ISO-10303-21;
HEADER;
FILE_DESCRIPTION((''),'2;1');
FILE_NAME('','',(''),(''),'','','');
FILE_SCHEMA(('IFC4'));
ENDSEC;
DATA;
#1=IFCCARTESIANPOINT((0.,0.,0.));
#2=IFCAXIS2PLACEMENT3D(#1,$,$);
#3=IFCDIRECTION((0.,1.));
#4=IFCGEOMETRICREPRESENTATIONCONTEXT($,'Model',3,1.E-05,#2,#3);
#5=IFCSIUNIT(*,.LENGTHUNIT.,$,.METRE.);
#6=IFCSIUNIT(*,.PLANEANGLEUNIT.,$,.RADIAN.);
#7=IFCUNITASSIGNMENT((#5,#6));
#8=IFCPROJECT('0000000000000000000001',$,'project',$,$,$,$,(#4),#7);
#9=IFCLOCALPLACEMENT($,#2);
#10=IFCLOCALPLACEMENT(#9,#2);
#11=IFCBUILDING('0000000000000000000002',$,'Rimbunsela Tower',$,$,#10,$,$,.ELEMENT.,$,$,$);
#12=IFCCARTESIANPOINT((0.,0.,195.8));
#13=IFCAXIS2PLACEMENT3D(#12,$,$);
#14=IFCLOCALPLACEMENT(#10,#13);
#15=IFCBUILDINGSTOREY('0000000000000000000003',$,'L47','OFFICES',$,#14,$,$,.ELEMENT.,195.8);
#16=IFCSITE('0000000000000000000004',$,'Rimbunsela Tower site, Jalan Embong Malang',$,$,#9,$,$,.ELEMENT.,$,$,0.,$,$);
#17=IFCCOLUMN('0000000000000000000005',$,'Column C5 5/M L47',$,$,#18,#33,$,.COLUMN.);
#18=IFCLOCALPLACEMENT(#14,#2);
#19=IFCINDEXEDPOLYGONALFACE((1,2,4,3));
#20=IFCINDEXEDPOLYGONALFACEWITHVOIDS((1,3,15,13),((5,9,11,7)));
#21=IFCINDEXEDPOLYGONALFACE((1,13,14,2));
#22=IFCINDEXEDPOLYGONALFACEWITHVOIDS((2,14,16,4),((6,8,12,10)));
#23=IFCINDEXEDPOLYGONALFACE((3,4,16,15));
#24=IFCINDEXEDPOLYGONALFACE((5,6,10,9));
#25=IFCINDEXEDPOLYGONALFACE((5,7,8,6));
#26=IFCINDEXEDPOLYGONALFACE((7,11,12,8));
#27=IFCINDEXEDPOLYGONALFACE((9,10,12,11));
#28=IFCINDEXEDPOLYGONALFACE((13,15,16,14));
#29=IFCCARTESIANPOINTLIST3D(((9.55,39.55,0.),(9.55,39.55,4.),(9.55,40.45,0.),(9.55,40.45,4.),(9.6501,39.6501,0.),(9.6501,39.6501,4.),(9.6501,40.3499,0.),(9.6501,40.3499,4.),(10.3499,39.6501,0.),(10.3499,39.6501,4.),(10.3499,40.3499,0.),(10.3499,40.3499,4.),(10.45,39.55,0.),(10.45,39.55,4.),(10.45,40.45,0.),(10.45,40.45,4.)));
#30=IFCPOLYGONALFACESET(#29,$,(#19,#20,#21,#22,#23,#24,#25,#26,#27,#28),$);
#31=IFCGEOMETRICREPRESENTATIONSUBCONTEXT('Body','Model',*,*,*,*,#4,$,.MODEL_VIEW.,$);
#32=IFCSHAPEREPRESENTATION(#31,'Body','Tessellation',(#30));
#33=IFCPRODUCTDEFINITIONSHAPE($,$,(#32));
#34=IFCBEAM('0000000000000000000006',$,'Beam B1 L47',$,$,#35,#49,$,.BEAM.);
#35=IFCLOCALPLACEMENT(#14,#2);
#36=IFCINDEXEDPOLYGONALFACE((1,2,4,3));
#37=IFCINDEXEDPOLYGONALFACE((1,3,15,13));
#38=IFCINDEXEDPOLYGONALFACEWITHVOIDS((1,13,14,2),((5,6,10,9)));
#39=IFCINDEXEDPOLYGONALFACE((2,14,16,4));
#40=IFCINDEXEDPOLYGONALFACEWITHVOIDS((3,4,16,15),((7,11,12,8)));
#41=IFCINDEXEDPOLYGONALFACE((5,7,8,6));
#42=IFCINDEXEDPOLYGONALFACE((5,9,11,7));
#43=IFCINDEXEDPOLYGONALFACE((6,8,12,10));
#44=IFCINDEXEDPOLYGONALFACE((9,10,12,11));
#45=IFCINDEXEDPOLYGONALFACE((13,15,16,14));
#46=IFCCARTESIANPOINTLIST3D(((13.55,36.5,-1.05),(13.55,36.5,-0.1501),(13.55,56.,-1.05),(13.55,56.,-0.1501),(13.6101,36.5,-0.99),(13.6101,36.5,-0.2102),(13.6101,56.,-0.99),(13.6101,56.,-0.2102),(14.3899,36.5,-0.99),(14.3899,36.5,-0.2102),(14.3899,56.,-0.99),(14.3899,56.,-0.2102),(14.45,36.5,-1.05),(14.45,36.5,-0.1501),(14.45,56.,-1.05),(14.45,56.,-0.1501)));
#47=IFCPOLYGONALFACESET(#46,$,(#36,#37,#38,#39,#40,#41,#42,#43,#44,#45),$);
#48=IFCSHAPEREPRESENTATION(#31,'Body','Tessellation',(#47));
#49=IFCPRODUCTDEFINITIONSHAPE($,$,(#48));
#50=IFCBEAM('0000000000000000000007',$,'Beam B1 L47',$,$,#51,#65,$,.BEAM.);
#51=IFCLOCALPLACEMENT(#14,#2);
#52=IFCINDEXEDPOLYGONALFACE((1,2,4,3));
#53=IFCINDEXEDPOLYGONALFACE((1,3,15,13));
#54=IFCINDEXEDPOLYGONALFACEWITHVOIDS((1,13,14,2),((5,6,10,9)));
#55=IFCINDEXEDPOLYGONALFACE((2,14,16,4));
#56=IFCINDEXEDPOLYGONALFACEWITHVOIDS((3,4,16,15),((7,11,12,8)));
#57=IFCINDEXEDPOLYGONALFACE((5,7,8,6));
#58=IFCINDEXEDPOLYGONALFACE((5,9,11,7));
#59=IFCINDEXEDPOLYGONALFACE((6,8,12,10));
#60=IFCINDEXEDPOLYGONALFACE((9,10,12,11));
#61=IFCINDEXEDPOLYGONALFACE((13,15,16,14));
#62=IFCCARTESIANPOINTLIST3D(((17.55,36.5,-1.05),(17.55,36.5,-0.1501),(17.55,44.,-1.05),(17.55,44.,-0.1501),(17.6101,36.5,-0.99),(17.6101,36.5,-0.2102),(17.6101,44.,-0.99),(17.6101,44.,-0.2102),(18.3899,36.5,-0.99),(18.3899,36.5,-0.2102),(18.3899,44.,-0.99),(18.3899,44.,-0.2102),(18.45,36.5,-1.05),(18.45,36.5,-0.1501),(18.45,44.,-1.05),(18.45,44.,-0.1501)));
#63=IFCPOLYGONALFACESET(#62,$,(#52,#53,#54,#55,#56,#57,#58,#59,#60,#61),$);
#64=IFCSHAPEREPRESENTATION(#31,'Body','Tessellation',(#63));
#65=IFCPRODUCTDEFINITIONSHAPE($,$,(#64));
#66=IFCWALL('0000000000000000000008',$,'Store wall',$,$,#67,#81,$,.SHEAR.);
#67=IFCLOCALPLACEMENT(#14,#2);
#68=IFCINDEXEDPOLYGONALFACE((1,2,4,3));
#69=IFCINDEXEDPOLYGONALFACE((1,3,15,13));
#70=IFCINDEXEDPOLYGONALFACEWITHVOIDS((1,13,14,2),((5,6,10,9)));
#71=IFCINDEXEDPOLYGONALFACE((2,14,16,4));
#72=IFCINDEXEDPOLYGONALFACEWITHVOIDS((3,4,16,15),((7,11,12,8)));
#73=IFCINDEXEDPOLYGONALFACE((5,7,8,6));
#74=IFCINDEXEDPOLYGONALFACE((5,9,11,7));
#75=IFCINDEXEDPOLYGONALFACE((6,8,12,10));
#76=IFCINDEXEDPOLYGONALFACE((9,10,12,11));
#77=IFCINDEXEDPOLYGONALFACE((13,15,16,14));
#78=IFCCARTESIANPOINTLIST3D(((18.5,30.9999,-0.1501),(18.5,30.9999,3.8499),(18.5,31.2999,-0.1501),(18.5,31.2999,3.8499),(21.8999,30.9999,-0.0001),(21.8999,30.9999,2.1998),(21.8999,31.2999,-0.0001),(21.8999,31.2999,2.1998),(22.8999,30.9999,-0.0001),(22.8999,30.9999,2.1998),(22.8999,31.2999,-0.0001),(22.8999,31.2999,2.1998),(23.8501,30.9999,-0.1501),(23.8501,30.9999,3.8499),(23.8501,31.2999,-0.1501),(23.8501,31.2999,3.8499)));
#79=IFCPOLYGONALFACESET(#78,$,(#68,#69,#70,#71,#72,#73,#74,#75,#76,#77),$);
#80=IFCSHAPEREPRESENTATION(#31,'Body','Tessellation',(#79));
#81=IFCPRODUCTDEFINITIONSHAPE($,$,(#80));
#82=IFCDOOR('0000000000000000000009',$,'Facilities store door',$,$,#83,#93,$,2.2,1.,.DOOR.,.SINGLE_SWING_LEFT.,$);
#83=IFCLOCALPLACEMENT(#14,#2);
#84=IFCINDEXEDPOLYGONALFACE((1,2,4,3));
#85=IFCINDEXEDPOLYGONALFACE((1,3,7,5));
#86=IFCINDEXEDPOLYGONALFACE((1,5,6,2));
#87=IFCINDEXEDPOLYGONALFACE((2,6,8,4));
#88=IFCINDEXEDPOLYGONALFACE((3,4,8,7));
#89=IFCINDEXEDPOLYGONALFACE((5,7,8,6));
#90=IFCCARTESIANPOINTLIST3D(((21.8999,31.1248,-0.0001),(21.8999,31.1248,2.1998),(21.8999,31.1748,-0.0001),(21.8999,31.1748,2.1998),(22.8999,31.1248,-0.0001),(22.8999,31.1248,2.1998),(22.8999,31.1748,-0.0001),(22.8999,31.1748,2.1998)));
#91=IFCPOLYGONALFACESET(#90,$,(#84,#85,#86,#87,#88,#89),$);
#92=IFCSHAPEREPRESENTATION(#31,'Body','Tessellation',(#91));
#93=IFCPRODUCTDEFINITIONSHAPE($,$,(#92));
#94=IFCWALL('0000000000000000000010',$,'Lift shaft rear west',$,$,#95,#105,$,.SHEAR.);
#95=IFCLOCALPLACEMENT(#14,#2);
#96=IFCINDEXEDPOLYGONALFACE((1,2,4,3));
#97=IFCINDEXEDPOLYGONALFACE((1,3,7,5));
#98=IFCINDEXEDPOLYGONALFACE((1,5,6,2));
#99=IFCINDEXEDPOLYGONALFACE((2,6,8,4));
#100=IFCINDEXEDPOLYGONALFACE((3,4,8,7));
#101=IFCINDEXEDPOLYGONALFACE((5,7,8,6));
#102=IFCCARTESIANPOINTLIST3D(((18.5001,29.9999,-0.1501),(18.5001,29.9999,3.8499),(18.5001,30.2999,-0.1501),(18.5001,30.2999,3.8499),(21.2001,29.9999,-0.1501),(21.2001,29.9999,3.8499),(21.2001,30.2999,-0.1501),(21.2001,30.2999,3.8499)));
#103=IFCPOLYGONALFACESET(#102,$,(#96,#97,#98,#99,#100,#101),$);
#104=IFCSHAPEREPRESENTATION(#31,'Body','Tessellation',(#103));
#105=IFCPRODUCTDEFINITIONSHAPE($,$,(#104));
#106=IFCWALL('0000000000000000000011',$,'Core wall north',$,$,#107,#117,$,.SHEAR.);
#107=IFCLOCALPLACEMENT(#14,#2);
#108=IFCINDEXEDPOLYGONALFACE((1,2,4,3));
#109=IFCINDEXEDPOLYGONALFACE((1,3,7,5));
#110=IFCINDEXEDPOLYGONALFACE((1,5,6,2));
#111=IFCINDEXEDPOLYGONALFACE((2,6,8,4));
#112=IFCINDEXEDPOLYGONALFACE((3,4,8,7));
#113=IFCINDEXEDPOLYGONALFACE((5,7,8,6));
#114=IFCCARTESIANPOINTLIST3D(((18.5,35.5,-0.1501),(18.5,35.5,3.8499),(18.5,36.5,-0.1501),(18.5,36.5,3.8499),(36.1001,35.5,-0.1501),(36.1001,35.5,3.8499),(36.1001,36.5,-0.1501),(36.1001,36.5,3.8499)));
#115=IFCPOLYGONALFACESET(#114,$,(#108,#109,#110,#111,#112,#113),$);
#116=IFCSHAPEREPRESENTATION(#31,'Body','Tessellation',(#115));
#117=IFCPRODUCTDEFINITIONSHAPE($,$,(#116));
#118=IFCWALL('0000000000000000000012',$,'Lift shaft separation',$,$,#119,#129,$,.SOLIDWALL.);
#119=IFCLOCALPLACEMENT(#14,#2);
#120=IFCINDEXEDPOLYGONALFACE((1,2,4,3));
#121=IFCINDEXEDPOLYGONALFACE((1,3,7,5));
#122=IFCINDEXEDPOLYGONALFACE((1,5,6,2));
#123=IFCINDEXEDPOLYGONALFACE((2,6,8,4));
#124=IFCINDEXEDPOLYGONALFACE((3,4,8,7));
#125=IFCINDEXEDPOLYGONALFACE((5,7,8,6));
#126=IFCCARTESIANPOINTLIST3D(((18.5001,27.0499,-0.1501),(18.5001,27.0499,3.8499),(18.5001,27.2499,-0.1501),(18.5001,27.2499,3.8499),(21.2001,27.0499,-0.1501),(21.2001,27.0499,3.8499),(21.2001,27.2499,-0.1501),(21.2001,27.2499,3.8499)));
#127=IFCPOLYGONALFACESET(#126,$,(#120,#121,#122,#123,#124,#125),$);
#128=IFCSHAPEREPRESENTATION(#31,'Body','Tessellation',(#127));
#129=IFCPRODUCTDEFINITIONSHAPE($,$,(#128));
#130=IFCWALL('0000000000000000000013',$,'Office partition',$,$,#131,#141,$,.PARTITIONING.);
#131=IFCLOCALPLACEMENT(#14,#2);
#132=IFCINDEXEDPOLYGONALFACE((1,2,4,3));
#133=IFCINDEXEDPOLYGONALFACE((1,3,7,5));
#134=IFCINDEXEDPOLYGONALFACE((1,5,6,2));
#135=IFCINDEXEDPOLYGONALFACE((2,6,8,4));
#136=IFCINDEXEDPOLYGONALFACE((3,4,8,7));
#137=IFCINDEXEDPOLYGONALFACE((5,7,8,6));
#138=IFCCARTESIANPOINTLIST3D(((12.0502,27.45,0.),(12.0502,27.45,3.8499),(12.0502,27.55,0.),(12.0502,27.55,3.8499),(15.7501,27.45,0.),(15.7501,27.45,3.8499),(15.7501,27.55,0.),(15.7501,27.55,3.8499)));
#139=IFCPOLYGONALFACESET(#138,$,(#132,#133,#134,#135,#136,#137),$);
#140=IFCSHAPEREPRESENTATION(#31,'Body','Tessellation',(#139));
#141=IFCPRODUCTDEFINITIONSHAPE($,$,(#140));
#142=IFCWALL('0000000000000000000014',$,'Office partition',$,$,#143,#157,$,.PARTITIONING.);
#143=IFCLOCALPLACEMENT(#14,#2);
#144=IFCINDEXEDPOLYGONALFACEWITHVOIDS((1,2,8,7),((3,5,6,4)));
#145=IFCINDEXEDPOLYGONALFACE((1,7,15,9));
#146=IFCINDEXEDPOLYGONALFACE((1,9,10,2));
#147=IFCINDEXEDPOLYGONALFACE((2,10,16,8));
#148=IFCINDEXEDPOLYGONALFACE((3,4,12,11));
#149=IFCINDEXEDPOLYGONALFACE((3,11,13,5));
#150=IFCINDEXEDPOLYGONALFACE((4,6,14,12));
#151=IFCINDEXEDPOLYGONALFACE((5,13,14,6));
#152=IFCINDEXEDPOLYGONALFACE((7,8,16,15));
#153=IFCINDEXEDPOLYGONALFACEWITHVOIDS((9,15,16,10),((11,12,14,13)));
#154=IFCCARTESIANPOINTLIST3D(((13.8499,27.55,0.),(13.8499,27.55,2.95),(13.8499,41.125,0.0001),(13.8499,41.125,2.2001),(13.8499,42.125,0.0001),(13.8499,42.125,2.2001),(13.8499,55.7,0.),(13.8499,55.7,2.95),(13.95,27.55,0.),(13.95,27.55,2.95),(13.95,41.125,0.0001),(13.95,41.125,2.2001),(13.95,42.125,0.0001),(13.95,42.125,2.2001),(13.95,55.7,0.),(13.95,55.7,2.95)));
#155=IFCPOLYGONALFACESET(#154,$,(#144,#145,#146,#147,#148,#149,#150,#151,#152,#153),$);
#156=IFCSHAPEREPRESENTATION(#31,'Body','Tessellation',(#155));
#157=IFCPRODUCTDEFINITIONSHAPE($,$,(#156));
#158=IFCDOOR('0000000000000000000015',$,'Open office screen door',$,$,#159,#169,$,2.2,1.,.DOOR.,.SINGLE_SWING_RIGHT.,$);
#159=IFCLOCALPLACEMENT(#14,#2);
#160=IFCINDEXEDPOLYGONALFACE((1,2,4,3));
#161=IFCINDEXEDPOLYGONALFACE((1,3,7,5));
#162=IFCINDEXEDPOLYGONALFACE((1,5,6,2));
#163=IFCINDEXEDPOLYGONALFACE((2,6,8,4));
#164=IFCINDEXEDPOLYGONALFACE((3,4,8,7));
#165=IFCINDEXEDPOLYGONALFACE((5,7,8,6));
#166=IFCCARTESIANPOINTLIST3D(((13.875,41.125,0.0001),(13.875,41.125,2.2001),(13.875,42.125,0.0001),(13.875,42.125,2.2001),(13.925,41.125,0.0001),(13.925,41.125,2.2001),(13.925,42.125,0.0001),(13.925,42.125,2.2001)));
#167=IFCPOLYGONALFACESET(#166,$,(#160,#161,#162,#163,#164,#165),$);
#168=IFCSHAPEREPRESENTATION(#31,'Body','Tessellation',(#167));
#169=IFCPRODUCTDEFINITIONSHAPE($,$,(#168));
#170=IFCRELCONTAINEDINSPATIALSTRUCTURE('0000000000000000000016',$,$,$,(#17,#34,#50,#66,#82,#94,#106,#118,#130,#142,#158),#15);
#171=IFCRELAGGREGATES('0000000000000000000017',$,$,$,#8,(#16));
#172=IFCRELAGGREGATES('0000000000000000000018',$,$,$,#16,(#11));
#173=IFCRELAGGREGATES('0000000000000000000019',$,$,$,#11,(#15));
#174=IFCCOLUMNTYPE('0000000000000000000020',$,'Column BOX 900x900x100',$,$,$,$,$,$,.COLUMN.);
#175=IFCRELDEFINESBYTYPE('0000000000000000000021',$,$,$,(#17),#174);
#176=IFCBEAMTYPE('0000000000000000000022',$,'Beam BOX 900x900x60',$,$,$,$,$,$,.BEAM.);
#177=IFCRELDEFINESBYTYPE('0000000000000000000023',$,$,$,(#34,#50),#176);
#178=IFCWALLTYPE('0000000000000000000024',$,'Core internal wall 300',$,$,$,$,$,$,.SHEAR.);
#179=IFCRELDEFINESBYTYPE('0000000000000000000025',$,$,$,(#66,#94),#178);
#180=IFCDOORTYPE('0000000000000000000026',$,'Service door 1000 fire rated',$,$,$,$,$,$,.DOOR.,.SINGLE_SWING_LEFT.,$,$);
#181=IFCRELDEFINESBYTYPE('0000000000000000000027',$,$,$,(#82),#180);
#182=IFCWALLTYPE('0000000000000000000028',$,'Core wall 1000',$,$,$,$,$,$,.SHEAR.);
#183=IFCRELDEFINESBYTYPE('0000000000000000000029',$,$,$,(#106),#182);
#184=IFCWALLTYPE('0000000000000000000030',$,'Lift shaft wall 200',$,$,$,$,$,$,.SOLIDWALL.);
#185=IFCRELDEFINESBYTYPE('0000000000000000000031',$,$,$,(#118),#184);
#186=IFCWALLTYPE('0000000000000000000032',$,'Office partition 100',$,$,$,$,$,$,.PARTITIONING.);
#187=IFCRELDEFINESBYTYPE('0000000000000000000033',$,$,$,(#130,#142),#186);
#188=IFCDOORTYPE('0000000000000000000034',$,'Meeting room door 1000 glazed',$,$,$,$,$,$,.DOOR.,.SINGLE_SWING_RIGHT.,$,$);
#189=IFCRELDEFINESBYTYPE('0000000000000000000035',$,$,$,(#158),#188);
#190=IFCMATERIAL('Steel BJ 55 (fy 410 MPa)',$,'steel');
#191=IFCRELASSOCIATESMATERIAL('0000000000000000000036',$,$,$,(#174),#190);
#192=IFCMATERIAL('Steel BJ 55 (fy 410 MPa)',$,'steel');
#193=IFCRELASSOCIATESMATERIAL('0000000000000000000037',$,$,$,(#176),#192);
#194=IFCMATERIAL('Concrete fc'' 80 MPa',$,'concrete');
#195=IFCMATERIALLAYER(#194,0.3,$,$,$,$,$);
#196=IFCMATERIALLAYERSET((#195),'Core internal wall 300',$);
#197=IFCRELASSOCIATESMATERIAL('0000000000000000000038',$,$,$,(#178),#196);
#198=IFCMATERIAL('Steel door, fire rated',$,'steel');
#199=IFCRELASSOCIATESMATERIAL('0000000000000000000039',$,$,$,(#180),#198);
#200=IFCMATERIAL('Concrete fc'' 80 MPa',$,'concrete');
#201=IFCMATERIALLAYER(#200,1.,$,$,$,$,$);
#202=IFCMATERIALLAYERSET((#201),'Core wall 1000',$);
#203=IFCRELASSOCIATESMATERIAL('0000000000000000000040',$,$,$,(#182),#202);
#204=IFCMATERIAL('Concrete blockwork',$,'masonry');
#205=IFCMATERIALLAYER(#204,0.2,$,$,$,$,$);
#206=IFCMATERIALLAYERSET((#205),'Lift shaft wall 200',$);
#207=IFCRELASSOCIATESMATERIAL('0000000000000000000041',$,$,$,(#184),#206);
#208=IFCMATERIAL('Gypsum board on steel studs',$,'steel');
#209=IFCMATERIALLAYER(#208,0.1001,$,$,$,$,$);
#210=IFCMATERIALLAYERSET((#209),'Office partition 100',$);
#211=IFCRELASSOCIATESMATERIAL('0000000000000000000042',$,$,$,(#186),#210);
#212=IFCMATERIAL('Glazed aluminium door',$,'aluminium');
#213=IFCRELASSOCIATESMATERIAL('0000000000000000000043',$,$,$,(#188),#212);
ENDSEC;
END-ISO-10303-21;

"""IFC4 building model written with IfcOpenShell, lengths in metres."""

from ifc_helpers import new_model, si_unit, direction, frame, frame_2d, origin, origin_2d, place, context, subcontext, project, spatial, rectangle, hollow_rectangle, extrude, material, layer, layer_set, material_profile, profile_set, type_object, element, fill, save


model = new_model("IFC4")

# Units and contexts
model_context = context("Model", 3, precision=1e-05, world=origin(), true_north=direction((0.0, 1.0)))
body_context = subcontext(model_context, "Body", "Model", "MODEL_VIEW")
ifc_project = project(units=[si_unit("LENGTHUNIT", "METRE"), si_unit("PLANEANGLEUNIT", "RADIAN")], contexts=[model_context])

# Site, building, storey
site_placement = place(None, origin())
site = spatial("IfcSite", under=ifc_project, at=site_placement, Name="Rimbunsela Tower site, Jalan Embong Malang", CompositionType="ELEMENT", RefElevation=0.0)
building_placement = place(site_placement, origin())
building = spatial("IfcBuilding", under=site, at=building_placement, Name="Rimbunsela Tower", CompositionType="ELEMENT")
storey_placement = place(building_placement, frame((0.0, 0.0, 195.8)))
storey = spatial("IfcBuildingStorey", under=building, at=storey_placement, Name="L47", Description="OFFICES", CompositionType="ELEMENT", Elevation=195.8)

# Column
ifc_material_1 = material(Name="Steel BJ 55 (fy 410 MPa)", Category="steel")
ifc_material_profile_1 = material_profile(ifc_material_1, hollow_rectangle(XDim=0.8999, YDim=0.8999, WallThickness=0.1001, at=origin_2d()), Name="BOX 900x900x100")
ifc_profile_set_1 = profile_set([ifc_material_profile_1], Name="Steel BJ 55 (fy 410 MPa)")
column_type = type_object("IfcColumnType", Name="Column BOX 900x900x100", PredefinedType="COLUMN", material=ifc_profile_set_1)
column_placement = place(storey_placement, frame((10.0, 40.0, 0.0), z_axis=(0.0, 0.0, 1.0), x_axis=(1.0, 0.0, 0.0)))
element("IfcColumn", 1, at=column_placement, inside=storey, type_object=column_type, Name="Column C5 5/M L47", PredefinedType="COLUMN", context=body_context, shape_type="SweptSolid", body=[
    extrude(hollow_rectangle(XDim=0.8999, YDim=0.8999, WallThickness=0.1001, at=origin_2d()), origin(), (0.0, 0.0, 1.0), 4.0),
])

# Beams
ifc_material_2 = material(Name="Steel BJ 55 (fy 410 MPa)", Category="steel")
ifc_material_profile_2 = material_profile(ifc_material_2, hollow_rectangle(XDim=0.8999, YDim=0.8999, WallThickness=0.0601, at=origin_2d()), Name="BOX 900x900x60")
ifc_profile_set_2 = profile_set([ifc_material_profile_2], Name="Steel BJ 55 (fy 410 MPa)")
beam_type = type_object("IfcBeamType", Name="Beam BOX 900x900x60", PredefinedType="BEAM", material=ifc_profile_set_2)
beam_1_placement = place(storey_placement, frame((14.0, 36.5, -0.6001), z_axis=(0.0, 1.0, 0.0), x_axis=(-1.0, 0.0, 0.0)))
element("IfcBeam", 2, at=beam_1_placement, inside=storey, type_object=beam_type, Name="Beam B1 L47", PredefinedType="BEAM", context=body_context, shape_type="SweptSolid", body=[
    extrude(hollow_rectangle(XDim=0.8999, YDim=0.8999, WallThickness=0.0601, at=origin_2d()), origin(), (0.0, 0.0, 1.0), 19.5),
])
beam_2_placement = place(storey_placement, frame((18.0, 36.5, -0.6001), z_axis=(0.0, 1.0, 0.0), x_axis=(-1.0, 0.0, 0.0)))
element("IfcBeam", 3, at=beam_2_placement, inside=storey, type_object=beam_type, Name="Beam B1 L47", PredefinedType="BEAM", context=body_context, shape_type="SweptSolid", body=[
    extrude(hollow_rectangle(XDim=0.8999, YDim=0.8999, WallThickness=0.0601, at=origin_2d()), origin(), (0.0, 0.0, 1.0), 7.5),
])

# Wall, opening, door
ifc_material_3 = material(Name="Concrete fc' 80 MPa", Category="concrete")
ifc_layer_1 = layer(ifc_material_3, 0.3)
ifc_layer_set_1 = layer_set([ifc_layer_1], Name="Core internal wall 300")
wall_type_1 = type_object("IfcWallType", Name="Core internal wall 300", PredefinedType="SHEAR", material=ifc_layer_set_1)
wall_1_placement = place(storey_placement, frame((18.5, 31.1499, -0.1501), z_axis=(0.0, 0.0, 1.0), x_axis=(1.0, 0.0, 0.0)))
wall_1 = element("IfcWall", 4, at=wall_1_placement, inside=storey, type_object=wall_type_1, Name="Store wall", PredefinedType="SHEAR", context=body_context, shape_type="SweptSolid", body=[
    extrude(rectangle(XDim=5.3501, YDim=0.3, at=frame_2d((2.675, 0.0))), origin(), (0.0, 0.0, 1.0), 4.0),
])
opening_1_placement = place(wall_1_placement, frame((3.3999, 0.0, 0.1499)))
opening_1 = element("IfcOpeningElement", 5, at=opening_1_placement, cuts=wall_1, PredefinedType="OPENING", context=body_context, shape_type="SweptSolid", body=[
    extrude(rectangle(XDim=1.0, YDim=2.2, at=frame_2d((0.5, 1.1001))), frame((0.0, 0.1599, 0.0), z_axis=(0.0, -1.0, 0.0), x_axis=(1.0, 0.0, 0.0)), (0.0, 0.0, 1.0), 0.3201),
])
ifc_material_4 = material(Name="Steel door, fire rated", Category="steel")
door_type_1 = type_object("IfcDoorType", Name="Service door 1000 fire rated", OperationType="SINGLE_SWING_LEFT", PredefinedType="DOOR", material=ifc_material_4)
door_1_placement = place(opening_1_placement, origin())
door_1 = element("IfcDoor", 6, at=door_1_placement, inside=storey, type_object=door_type_1, Name="Facilities store door", OperationType="SINGLE_SWING_LEFT", OverallHeight=2.2, OverallWidth=1.0, PredefinedType="DOOR", context=body_context, shape_type="SweptSolid", body=[
    extrude(rectangle(XDim=1.0, YDim=2.2, at=frame_2d((0.5, 1.1001))), frame((0.0, 0.0249, 0.0), z_axis=(0.0, -1.0, 0.0), x_axis=(1.0, 0.0, 0.0)), (0.0, 0.0, 1.0), 0.05),
])
fill(opening_1, door_1)

# Walls
wall_2_placement = place(storey_placement, frame((18.5, 30.1499, -0.1501), z_axis=(0.0, 0.0, 1.0), x_axis=(1.0, 0.0, 0.0)))
element("IfcWall", 7, at=wall_2_placement, inside=storey, type_object=wall_type_1, Name="Lift shaft rear west", PredefinedType="SHEAR", context=body_context, shape_type="SweptSolid", body=[
    extrude(rectangle(XDim=2.7, YDim=0.3, at=frame_2d((1.3501, 0.0))), origin(), (0.0, 0.0, 1.0), 4.0),
])
ifc_material_5 = material(Name="Concrete fc' 80 MPa", Category="concrete")
ifc_layer_2 = layer(ifc_material_5, 1.0)
ifc_layer_set_2 = layer_set([ifc_layer_2], Name="Core wall 1000")
wall_type_2 = type_object("IfcWallType", Name="Core wall 1000", PredefinedType="SHEAR", material=ifc_layer_set_2)
wall_3_placement = place(storey_placement, frame((18.5, 36.0, -0.1501), z_axis=(0.0, 0.0, 1.0), x_axis=(1.0, 0.0, 0.0)))
element("IfcWall", 8, at=wall_3_placement, inside=storey, type_object=wall_type_2, Name="Core wall north", PredefinedType="SHEAR", context=body_context, shape_type="SweptSolid", body=[
    extrude(rectangle(XDim=17.6001, YDim=1.0, at=frame_2d((8.8, 0.0))), origin(), (0.0, 0.0, 1.0), 4.0),
])
ifc_material_6 = material(Name="Concrete blockwork", Category="masonry")
ifc_layer_3 = layer(ifc_material_6, 0.2)
ifc_layer_set_3 = layer_set([ifc_layer_3], Name="Lift shaft wall 200")
wall_type_3 = type_object("IfcWallType", Name="Lift shaft wall 200", PredefinedType="SOLIDWALL", material=ifc_layer_set_3)
wall_4_placement = place(storey_placement, frame((18.5, 27.1499, -0.1501), z_axis=(0.0, 0.0, 1.0), x_axis=(1.0, 0.0, 0.0)))
element("IfcWall", 9, at=wall_4_placement, inside=storey, type_object=wall_type_3, Name="Lift shaft separation", PredefinedType="SOLIDWALL", context=body_context, shape_type="SweptSolid", body=[
    extrude(rectangle(XDim=2.7, YDim=0.2, at=frame_2d((1.3501, 0.0))), origin(), (0.0, 0.0, 1.0), 4.0),
])
ifc_material_7 = material(Name="Gypsum board on steel studs", Category="steel")
ifc_layer_4 = layer(ifc_material_7, 0.1001)
ifc_layer_set_4 = layer_set([ifc_layer_4], Name="Office partition 100")
wall_type_4 = type_object("IfcWallType", Name="Office partition 100", PredefinedType="PARTITIONING", material=ifc_layer_set_4)
wall_5_placement = place(storey_placement, frame((12.05, 27.5, 0.0), z_axis=(0.0, 0.0, 1.0), x_axis=(1.0, 0.0, 0.0)))
element("IfcWall", 10, at=wall_5_placement, inside=storey, type_object=wall_type_4, Name="Office partition", PredefinedType="PARTITIONING", context=body_context, shape_type="SweptSolid", body=[
    extrude(rectangle(XDim=3.7, YDim=0.1001, at=frame_2d((1.8501, 0.0))), origin(), (0.0, 0.0, 1.0), 3.8499),
])

# Wall, opening, door
wall_6_placement = place(storey_placement, frame((13.8999, 27.55, 0.0), z_axis=(0.0, 0.0, 1.0), x_axis=(0.0, 1.0, 0.0)))
wall_6 = element("IfcWall", 11, at=wall_6_placement, inside=storey, type_object=wall_type_4, Name="Office partition", PredefinedType="PARTITIONING", context=body_context, shape_type="SweptSolid", body=[
    extrude(rectangle(XDim=28.1499, YDim=0.1001, at=frame_2d((14.075, 0.0))), origin(), (0.0, 0.0, 1.0), 2.95),
])
opening_2_placement = place(wall_6_placement, frame((13.575, 0.0, 0.0)))
opening_2 = element("IfcOpeningElement", 12, at=opening_2_placement, cuts=wall_6, PredefinedType="OPENING", context=body_context, shape_type="SweptSolid", body=[
    extrude(rectangle(XDim=1.0, YDim=2.2, at=frame_2d((0.5, 1.1001))), frame((0.0, 0.0601, 0.0), z_axis=(0.0, -1.0, 0.0), x_axis=(1.0, 0.0, 0.0)), (0.0, 0.0, 1.0), 0.1201),
])
ifc_material_8 = material(Name="Glazed aluminium door", Category="aluminium")
door_type_2 = type_object("IfcDoorType", Name="Meeting room door 1000 glazed", OperationType="SINGLE_SWING_RIGHT", PredefinedType="DOOR", material=ifc_material_8)
door_2_placement = place(opening_2_placement, origin())
door_2 = element("IfcDoor", 13, at=door_2_placement, inside=storey, type_object=door_type_2, Name="Open office screen door", OperationType="SINGLE_SWING_RIGHT", OverallHeight=2.2, OverallWidth=1.0, PredefinedType="DOOR", context=body_context, shape_type="SweptSolid", body=[
    extrude(rectangle(XDim=1.0, YDim=2.2, at=frame_2d((0.5, 1.1001))), frame((0.0, 0.0249, 0.0), z_axis=(0.0, -1.0, 0.0), x_axis=(1.0, 0.0, 0.0)), (0.0, 0.0, 1.0), 0.05),
])
fill(opening_2, door_2)

save(model, "model.ifc")
